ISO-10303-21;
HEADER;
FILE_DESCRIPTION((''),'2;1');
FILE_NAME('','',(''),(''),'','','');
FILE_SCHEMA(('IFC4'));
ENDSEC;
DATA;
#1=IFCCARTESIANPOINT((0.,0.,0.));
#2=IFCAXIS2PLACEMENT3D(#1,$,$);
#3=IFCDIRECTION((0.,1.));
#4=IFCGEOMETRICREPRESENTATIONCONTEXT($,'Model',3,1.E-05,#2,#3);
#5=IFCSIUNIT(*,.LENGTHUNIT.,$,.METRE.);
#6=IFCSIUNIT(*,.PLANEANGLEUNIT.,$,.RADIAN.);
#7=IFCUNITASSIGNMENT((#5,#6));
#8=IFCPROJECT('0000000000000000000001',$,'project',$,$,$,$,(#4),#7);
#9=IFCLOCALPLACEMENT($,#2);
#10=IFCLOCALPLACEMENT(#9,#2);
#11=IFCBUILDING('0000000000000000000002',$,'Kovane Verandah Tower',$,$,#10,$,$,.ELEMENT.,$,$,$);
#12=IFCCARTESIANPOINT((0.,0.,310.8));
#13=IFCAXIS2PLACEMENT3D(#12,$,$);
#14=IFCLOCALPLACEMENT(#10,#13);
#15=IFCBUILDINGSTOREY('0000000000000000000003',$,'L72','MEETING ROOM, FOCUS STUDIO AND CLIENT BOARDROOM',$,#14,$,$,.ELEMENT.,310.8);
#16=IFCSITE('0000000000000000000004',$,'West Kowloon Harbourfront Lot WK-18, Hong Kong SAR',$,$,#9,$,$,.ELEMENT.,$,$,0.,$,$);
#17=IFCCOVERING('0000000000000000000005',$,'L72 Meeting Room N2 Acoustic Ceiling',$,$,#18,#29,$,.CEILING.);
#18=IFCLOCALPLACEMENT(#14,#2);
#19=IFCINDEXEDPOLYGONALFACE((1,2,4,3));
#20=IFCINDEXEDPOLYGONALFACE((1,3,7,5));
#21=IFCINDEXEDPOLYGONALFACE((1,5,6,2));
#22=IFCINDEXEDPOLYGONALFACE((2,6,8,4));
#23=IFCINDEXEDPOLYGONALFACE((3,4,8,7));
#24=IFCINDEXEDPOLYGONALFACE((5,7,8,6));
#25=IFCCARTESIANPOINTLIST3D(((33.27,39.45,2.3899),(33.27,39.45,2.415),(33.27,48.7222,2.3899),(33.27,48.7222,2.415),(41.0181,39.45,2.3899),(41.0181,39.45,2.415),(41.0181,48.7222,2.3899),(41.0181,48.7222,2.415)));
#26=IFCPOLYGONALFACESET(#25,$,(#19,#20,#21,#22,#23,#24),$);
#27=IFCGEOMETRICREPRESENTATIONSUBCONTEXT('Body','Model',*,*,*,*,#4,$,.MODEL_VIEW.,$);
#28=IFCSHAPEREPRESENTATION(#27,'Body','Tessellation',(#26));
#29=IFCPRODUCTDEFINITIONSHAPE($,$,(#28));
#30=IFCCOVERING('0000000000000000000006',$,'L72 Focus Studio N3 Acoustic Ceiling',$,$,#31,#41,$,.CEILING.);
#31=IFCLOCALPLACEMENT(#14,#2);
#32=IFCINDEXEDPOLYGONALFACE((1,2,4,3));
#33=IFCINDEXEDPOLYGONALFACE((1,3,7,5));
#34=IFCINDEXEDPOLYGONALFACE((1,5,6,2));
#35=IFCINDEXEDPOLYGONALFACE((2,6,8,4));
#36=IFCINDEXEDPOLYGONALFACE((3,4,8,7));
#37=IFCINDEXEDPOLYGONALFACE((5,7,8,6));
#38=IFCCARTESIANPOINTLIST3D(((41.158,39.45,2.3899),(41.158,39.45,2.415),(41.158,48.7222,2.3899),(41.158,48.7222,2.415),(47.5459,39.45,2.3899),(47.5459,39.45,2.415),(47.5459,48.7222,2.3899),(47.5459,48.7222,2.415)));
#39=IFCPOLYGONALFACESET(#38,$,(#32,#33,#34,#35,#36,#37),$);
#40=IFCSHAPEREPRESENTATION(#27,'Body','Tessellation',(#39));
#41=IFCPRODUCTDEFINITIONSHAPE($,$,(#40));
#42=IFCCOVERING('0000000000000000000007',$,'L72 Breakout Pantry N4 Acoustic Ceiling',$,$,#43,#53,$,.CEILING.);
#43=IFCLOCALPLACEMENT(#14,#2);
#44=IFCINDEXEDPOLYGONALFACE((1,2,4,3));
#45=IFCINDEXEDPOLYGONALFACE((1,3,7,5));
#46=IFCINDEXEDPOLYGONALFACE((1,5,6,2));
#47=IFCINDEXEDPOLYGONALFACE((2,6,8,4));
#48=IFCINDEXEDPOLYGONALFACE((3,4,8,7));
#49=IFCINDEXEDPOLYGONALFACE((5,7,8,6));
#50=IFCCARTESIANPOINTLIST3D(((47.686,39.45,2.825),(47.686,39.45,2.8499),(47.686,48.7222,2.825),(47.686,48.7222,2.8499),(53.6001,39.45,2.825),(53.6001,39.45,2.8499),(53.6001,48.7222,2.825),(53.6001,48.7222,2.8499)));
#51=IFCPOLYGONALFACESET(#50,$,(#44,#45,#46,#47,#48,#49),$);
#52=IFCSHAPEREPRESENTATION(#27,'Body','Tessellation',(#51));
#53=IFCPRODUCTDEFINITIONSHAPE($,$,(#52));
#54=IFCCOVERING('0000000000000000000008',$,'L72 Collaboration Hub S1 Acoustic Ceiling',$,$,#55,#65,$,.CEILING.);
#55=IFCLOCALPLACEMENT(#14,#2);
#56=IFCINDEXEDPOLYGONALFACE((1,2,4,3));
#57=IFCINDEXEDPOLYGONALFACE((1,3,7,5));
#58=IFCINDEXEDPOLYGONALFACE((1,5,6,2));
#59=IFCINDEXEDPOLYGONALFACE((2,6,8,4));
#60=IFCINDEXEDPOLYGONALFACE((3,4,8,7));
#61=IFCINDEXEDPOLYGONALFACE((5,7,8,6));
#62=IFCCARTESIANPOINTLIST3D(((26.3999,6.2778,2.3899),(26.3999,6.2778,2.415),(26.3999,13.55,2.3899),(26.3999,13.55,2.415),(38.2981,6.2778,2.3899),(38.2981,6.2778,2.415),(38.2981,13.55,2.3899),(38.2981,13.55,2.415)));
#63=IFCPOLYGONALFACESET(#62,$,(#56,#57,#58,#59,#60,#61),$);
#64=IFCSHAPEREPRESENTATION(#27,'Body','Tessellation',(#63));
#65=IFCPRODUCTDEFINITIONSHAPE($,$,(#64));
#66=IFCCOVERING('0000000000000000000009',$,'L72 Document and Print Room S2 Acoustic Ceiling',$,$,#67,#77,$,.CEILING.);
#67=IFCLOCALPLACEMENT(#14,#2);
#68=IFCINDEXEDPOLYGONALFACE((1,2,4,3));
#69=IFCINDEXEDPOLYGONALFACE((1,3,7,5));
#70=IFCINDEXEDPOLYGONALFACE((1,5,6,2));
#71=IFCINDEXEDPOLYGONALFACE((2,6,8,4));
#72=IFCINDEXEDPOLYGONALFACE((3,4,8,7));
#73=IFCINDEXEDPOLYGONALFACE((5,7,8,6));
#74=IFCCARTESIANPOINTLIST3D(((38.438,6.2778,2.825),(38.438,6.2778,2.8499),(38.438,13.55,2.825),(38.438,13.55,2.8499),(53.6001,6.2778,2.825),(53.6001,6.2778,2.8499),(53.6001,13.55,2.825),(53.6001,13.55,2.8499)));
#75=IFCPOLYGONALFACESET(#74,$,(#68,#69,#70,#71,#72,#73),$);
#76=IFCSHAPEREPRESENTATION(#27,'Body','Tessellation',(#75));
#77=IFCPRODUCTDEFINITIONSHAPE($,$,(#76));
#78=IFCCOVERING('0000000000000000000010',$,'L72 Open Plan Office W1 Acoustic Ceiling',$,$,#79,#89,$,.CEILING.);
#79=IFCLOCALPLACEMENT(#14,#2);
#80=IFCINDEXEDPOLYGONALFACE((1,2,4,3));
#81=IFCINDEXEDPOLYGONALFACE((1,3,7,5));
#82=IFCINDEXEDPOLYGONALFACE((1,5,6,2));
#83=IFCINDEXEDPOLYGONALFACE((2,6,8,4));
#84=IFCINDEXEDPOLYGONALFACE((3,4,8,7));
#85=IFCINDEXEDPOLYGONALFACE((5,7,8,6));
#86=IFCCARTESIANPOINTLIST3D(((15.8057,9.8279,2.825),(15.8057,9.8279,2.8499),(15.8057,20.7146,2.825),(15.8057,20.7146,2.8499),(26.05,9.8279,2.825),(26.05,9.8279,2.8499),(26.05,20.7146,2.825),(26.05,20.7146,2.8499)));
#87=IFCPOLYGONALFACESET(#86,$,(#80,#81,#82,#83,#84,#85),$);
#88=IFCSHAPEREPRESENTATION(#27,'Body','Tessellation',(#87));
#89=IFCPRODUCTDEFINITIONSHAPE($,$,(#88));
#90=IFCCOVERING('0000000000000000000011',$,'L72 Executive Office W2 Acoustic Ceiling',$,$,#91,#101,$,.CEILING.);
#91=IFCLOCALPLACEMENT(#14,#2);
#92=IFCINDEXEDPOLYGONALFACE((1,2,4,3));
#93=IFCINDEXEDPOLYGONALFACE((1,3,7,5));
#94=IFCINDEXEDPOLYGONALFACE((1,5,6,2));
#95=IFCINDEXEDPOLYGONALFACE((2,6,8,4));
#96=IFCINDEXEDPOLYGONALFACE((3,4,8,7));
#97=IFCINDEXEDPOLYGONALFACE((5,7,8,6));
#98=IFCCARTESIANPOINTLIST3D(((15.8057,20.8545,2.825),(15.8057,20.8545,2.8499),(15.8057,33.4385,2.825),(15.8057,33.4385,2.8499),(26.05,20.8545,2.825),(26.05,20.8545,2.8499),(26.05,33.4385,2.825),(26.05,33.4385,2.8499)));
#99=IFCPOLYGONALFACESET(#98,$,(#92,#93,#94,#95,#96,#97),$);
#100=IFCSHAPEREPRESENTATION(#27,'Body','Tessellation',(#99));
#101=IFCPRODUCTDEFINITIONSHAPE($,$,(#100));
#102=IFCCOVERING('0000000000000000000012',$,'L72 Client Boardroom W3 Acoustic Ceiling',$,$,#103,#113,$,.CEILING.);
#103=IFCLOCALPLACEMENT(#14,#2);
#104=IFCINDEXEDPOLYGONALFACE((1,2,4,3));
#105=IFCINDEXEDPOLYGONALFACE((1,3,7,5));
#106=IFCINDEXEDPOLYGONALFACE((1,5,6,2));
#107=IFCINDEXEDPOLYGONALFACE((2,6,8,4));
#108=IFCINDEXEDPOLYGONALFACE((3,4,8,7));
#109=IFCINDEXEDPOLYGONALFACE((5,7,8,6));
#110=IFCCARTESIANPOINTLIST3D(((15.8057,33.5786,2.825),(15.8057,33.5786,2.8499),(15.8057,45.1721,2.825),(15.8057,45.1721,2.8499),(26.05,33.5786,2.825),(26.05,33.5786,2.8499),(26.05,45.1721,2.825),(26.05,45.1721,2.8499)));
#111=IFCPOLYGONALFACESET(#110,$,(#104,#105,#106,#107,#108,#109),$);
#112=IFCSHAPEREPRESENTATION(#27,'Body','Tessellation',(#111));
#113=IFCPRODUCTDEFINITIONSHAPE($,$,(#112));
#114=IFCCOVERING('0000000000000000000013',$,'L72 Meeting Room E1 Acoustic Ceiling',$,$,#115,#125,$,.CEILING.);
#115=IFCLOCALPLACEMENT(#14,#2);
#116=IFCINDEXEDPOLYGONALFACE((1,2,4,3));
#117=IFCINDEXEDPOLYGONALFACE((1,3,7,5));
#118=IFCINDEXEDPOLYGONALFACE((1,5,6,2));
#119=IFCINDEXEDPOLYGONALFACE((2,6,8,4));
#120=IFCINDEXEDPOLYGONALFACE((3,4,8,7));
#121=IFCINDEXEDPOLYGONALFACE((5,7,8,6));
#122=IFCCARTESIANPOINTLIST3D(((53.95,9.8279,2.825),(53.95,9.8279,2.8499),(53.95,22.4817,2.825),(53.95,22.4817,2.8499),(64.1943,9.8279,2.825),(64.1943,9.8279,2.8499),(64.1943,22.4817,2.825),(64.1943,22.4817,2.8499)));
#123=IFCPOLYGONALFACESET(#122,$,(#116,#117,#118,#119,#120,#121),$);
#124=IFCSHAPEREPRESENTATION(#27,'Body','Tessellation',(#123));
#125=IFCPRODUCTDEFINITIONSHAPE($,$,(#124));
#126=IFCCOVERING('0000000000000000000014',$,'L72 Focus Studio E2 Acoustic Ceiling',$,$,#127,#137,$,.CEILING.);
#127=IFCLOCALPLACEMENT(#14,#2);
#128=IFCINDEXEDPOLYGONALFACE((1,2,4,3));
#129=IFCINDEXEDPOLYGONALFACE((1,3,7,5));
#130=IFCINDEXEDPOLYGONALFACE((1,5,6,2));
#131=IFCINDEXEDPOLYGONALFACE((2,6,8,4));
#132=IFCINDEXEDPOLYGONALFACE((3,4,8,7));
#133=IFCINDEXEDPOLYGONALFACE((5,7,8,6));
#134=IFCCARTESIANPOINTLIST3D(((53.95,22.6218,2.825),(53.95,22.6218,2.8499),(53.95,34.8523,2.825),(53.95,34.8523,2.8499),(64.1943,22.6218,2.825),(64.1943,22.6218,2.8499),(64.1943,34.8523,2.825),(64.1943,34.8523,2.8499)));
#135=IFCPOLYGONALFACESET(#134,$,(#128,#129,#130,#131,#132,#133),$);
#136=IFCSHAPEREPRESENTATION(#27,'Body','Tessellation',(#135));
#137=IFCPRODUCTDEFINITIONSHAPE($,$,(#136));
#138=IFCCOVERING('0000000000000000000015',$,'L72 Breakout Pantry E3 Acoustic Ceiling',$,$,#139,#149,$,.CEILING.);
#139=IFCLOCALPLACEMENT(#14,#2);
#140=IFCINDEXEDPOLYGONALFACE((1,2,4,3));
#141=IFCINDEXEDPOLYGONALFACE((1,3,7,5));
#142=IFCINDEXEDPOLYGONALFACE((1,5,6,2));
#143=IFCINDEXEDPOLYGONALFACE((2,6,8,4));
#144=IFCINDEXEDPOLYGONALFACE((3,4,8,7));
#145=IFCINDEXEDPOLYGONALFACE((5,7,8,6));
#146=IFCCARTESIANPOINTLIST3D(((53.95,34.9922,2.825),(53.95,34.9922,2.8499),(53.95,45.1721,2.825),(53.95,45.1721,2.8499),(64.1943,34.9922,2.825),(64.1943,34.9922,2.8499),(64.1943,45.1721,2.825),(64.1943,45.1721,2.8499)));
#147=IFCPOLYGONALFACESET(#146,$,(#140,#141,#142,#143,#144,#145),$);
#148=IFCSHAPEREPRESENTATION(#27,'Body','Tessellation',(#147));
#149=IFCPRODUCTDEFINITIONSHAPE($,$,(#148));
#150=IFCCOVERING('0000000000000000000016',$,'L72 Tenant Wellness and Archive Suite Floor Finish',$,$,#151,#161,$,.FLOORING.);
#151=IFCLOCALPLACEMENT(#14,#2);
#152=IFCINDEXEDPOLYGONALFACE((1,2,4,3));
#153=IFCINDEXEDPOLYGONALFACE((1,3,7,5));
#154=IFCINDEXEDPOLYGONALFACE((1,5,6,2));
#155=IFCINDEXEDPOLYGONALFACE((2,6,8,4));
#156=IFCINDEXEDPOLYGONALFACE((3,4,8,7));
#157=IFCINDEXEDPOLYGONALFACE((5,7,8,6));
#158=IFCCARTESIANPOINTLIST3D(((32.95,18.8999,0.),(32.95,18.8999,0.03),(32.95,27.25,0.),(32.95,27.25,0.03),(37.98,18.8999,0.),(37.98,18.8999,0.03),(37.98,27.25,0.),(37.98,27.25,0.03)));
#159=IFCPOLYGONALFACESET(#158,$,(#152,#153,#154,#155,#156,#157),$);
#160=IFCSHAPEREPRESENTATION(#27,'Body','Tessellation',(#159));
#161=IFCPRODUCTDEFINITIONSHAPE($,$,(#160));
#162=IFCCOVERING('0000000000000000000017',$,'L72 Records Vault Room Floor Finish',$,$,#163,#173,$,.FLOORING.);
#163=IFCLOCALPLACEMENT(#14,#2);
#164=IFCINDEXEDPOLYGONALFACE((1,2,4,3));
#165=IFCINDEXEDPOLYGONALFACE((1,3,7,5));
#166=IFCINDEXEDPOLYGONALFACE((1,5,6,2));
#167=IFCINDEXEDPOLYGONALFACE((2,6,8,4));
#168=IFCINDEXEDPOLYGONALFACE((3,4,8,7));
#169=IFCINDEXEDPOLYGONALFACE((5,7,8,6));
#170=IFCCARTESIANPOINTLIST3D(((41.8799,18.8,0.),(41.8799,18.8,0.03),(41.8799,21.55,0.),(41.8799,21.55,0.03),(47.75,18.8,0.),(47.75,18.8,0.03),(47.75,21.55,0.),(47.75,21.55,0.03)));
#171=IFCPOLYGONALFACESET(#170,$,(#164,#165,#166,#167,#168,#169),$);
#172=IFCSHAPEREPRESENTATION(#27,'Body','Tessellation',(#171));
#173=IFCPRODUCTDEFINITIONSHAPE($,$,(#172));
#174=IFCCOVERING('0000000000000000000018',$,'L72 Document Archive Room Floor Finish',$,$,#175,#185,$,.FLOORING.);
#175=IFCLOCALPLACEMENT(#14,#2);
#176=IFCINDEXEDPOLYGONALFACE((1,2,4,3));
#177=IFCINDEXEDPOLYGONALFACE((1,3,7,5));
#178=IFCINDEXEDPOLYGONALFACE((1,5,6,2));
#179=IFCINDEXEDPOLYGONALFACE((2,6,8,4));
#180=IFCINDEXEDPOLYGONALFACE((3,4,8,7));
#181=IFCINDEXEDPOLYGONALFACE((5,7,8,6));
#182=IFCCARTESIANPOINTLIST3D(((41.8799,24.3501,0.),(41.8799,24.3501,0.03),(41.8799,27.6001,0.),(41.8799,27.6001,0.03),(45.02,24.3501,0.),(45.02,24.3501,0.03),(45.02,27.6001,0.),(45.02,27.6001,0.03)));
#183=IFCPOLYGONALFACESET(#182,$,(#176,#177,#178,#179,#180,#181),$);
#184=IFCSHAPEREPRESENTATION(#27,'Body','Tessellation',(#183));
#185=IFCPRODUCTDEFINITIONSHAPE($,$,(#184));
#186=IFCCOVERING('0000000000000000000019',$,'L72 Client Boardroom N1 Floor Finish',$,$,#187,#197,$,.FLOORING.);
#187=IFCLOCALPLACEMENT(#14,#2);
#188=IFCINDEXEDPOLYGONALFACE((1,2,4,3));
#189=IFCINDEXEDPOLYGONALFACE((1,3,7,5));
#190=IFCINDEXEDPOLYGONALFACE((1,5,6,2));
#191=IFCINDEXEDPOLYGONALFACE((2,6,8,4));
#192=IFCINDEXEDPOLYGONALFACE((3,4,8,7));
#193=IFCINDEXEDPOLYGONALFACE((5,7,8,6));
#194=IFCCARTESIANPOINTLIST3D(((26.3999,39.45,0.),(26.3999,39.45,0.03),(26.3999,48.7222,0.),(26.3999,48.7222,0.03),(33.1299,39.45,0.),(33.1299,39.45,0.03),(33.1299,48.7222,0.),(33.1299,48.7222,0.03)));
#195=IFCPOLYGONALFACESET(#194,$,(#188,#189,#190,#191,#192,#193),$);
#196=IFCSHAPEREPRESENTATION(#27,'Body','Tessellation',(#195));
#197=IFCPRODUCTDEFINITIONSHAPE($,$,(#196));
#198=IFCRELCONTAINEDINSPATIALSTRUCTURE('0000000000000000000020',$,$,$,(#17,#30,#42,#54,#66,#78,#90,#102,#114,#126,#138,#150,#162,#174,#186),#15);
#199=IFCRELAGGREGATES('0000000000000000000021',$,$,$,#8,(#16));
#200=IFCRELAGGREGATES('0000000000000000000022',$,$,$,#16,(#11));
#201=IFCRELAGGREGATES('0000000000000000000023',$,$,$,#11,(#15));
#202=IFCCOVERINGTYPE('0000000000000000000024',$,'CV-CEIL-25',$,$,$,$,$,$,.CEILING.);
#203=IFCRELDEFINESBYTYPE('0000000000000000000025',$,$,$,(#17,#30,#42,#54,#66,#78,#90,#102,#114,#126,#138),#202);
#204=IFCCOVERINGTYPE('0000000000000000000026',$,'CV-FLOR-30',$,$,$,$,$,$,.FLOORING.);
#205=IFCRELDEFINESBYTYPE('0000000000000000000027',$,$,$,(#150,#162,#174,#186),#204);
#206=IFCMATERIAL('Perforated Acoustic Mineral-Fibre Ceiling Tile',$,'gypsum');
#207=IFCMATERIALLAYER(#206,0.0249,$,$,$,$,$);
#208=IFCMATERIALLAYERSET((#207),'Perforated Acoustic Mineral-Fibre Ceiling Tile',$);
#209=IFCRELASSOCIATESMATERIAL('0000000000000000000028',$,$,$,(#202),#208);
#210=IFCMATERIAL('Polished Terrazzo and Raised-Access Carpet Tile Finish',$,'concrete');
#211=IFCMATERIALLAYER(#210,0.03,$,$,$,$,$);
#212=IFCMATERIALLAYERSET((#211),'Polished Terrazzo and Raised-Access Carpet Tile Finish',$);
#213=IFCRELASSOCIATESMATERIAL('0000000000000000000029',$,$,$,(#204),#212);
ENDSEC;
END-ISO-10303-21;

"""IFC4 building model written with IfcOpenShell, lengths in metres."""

from ifc_helpers import new_model, si_unit, direction, frame, origin, place, context, subcontext, project, spatial, polyline, outline, extrude, material, layer, layer_set, type_object, element, save


model = new_model("IFC4")

# Units and contexts
model_context = context("Model", 3, precision=1e-05, world=origin(), true_north=direction((0.0, 1.0)))
body_context = subcontext(model_context, "Body", "Model", "MODEL_VIEW")
ifc_project = project(units=[si_unit("LENGTHUNIT", "METRE"), si_unit("PLANEANGLEUNIT", "RADIAN")], contexts=[model_context])

# Site, building, storey
site_placement = place(None, origin())
site = spatial("IfcSite", under=ifc_project, at=site_placement, Name="West Kowloon Harbourfront Lot WK-18, Hong Kong SAR", CompositionType="ELEMENT", RefElevation=0.0)
building_placement = place(site_placement, origin())
building = spatial("IfcBuilding", under=site, at=building_placement, Name="Kovane Verandah Tower", CompositionType="ELEMENT")
storey_placement = place(building_placement, frame((0.0, 0.0, 310.8)))
storey = spatial("IfcBuildingStorey", under=building, at=storey_placement, Name="L72", Description="MEETING ROOM, FOCUS STUDIO AND CLIENT BOARDROOM", CompositionType="ELEMENT", Elevation=310.8)

# Coverings
ifc_material_1 = material(Name="Perforated Acoustic Mineral-Fibre Ceiling Tile", Category="gypsum")
ifc_layer_1 = layer(ifc_material_1, 0.0249)
ifc_layer_set_1 = layer_set([ifc_layer_1], Name="Perforated Acoustic Mineral-Fibre Ceiling Tile")
covering_type_1 = type_object("IfcCoveringType", Name="CV-CEIL-25", PredefinedType="CEILING", material=ifc_layer_set_1)
covering_1_placement = place(storey_placement, frame((0.0, 0.0, 2.3899)))
element("IfcCovering", 1, at=covering_1_placement, inside=storey, type_object=covering_type_1, Name="L72 Meeting Room N2 Acoustic Ceiling", PredefinedType="CEILING", context=body_context, shape_type="SweptSolid", body=[
    extrude(outline(polyline([(33.27, 39.45), (41.0181, 39.45), (41.0181, 48.7222), (33.27, 48.7222), (33.27, 39.45)])), origin(), (0.0, 0.0, 1.0), 0.0251),
])
covering_2_placement = place(storey_placement, frame((0.0, 0.0, 2.3899)))
element("IfcCovering", 2, at=covering_2_placement, inside=storey, type_object=covering_type_1, Name="L72 Focus Studio N3 Acoustic Ceiling", PredefinedType="CEILING", context=body_context, shape_type="SweptSolid", body=[
    extrude(outline(polyline([(41.158, 39.45), (47.5459, 39.45), (47.5459, 48.7222), (41.158, 48.7222), (41.158, 39.45)])), origin(), (0.0, 0.0, 1.0), 0.0251),
])
covering_3_placement = place(storey_placement, frame((0.0, 0.0, 2.825)))
element("IfcCovering", 3, at=covering_3_placement, inside=storey, type_object=covering_type_1, Name="L72 Breakout Pantry N4 Acoustic Ceiling", PredefinedType="CEILING", context=body_context, shape_type="SweptSolid", body=[
    extrude(outline(polyline([(47.686, 39.45), (53.6001, 39.45), (53.6001, 48.7222), (47.686, 48.7222), (47.686, 39.45)])), origin(), (0.0, 0.0, 1.0), 0.0249),
])
covering_4_placement = place(storey_placement, frame((0.0, 0.0, 2.3899)))
element("IfcCovering", 4, at=covering_4_placement, inside=storey, type_object=covering_type_1, Name="L72 Collaboration Hub S1 Acoustic Ceiling", PredefinedType="CEILING", context=body_context, shape_type="SweptSolid", body=[
    extrude(outline(polyline([(26.3999, 6.2778), (38.2981, 6.2778), (38.2981, 13.55), (26.3999, 13.55), (26.3999, 6.2778)])), origin(), (0.0, 0.0, 1.0), 0.0251),
])
covering_5_placement = place(storey_placement, frame((0.0, 0.0, 2.825)))
element("IfcCovering", 5, at=covering_5_placement, inside=storey, type_object=covering_type_1, Name="L72 Document and Print Room S2 Acoustic Ceiling", PredefinedType="CEILING", context=body_context, shape_type="SweptSolid", body=[
    extrude(outline(polyline([(38.438, 6.2778), (53.6001, 6.2778), (53.6001, 13.55), (38.438, 13.55), (38.438, 6.2778)])), origin(), (0.0, 0.0, 1.0), 0.0249),
])
covering_6_placement = place(storey_placement, frame((0.0, 0.0, 2.825)))
element("IfcCovering", 6, at=covering_6_placement, inside=storey, type_object=covering_type_1, Name="L72 Open Plan Office W1 Acoustic Ceiling", PredefinedType="CEILING", context=body_context, shape_type="SweptSolid", body=[
    extrude(outline(polyline([(15.8057, 9.8279), (26.05, 9.8279), (26.05, 20.7146), (15.8057, 20.7146), (15.8057, 9.8279)])), origin(), (0.0, 0.0, 1.0), 0.0249),
])
covering_7_placement = place(storey_placement, frame((0.0, 0.0, 2.825)))
element("IfcCovering", 7, at=covering_7_placement, inside=storey, type_object=covering_type_1, Name="L72 Executive Office W2 Acoustic Ceiling", PredefinedType="CEILING", context=body_context, shape_type="SweptSolid", body=[
    extrude(outline(polyline([(15.8057, 20.8545), (26.05, 20.8545), (26.05, 33.4385), (15.8057, 33.4385), (15.8057, 20.8545)])), origin(), (0.0, 0.0, 1.0), 0.0249),
])
covering_8_placement = place(storey_placement, frame((0.0, 0.0, 2.825)))
element("IfcCovering", 8, at=covering_8_placement, inside=storey, type_object=covering_type_1, Name="L72 Client Boardroom W3 Acoustic Ceiling", PredefinedType="CEILING", context=body_context, shape_type="SweptSolid", body=[
    extrude(outline(polyline([(15.8057, 33.5786), (26.05, 33.5786), (26.05, 45.1721), (15.8057, 45.1721), (15.8057, 33.5786)])), origin(), (0.0, 0.0, 1.0), 0.0249),
])
covering_9_placement = place(storey_placement, frame((0.0, 0.0, 2.825)))
element("IfcCovering", 9, at=covering_9_placement, inside=storey, type_object=covering_type_1, Name="L72 Meeting Room E1 Acoustic Ceiling", PredefinedType="CEILING", context=body_context, shape_type="SweptSolid", body=[
    extrude(outline(polyline([(53.95, 9.8279), (64.1943, 9.8279), (64.1943, 22.4817), (53.95, 22.4817), (53.95, 9.8279)])), origin(), (0.0, 0.0, 1.0), 0.0249),
])
covering_10_placement = place(storey_placement, frame((0.0, 0.0, 2.825)))
element("IfcCovering", 10, at=covering_10_placement, inside=storey, type_object=covering_type_1, Name="L72 Focus Studio E2 Acoustic Ceiling", PredefinedType="CEILING", context=body_context, shape_type="SweptSolid", body=[
    extrude(outline(polyline([(53.95, 22.6218), (64.1943, 22.6218), (64.1943, 34.8523), (53.95, 34.8523), (53.95, 22.6218)])), origin(), (0.0, 0.0, 1.0), 0.0249),
])
covering_11_placement = place(storey_placement, frame((0.0, 0.0, 2.825)))
element("IfcCovering", 11, at=covering_11_placement, inside=storey, type_object=covering_type_1, Name="L72 Breakout Pantry E3 Acoustic Ceiling", PredefinedType="CEILING", context=body_context, shape_type="SweptSolid", body=[
    extrude(outline(polyline([(53.95, 34.9922), (64.1943, 34.9922), (64.1943, 45.1721), (53.95, 45.1721), (53.95, 34.9922)])), origin(), (0.0, 0.0, 1.0), 0.0249),
])
ifc_material_2 = material(Name="Polished Terrazzo and Raised-Access Carpet Tile Finish", Category="concrete")
ifc_layer_2 = layer(ifc_material_2, 0.03)
ifc_layer_set_2 = layer_set([ifc_layer_2], Name="Polished Terrazzo and Raised-Access Carpet Tile Finish")
covering_type_2 = type_object("IfcCoveringType", Name="CV-FLOR-30", PredefinedType="FLOORING", material=ifc_layer_set_2)
covering_12_placement = place(storey_placement, origin())
element("IfcCovering", 12, at=covering_12_placement, inside=storey, type_object=covering_type_2, Name="L72 Tenant Wellness and Archive Suite Floor Finish", PredefinedType="FLOORING", context=body_context, shape_type="SweptSolid", body=[
    extrude(outline(polyline([(32.95, 18.8999), (37.98, 18.8999), (37.98, 27.25), (32.95, 27.25), (32.95, 18.8999)])), origin(), (0.0, 0.0, 1.0), 0.03),
])
covering_13_placement = place(storey_placement, origin())
element("IfcCovering", 13, at=covering_13_placement, inside=storey, type_object=covering_type_2, Name="L72 Records Vault Room Floor Finish", PredefinedType="FLOORING", context=body_context, shape_type="SweptSolid", body=[
    extrude(outline(polyline([(41.8799, 18.8), (47.75, 18.8), (47.75, 21.55), (41.8799, 21.55), (41.8799, 18.8)])), origin(), (0.0, 0.0, 1.0), 0.03),
])
covering_14_placement = place(storey_placement, origin())
element("IfcCovering", 14, at=covering_14_placement, inside=storey, type_object=covering_type_2, Name="L72 Document Archive Room Floor Finish", PredefinedType="FLOORING", context=body_context, shape_type="SweptSolid", body=[
    extrude(outline(polyline([(41.8799, 24.3501), (45.02, 24.3501), (45.02, 27.6001), (41.8799, 27.6001), (41.8799, 24.3501)])), origin(), (0.0, 0.0, 1.0), 0.03),
])
covering_15_placement = place(storey_placement, origin())
element("IfcCovering", 15, at=covering_15_placement, inside=storey, type_object=covering_type_2, Name="L72 Client Boardroom N1 Floor Finish", PredefinedType="FLOORING", context=body_context, shape_type="SweptSolid", body=[
    extrude(outline(polyline([(26.3999, 39.45), (33.1299, 39.45), (33.1299, 48.7222), (26.3999, 48.7222), (26.3999, 39.45)])), origin(), (0.0, 0.0, 1.0), 0.03),
])

save(model, "model.ifc")
